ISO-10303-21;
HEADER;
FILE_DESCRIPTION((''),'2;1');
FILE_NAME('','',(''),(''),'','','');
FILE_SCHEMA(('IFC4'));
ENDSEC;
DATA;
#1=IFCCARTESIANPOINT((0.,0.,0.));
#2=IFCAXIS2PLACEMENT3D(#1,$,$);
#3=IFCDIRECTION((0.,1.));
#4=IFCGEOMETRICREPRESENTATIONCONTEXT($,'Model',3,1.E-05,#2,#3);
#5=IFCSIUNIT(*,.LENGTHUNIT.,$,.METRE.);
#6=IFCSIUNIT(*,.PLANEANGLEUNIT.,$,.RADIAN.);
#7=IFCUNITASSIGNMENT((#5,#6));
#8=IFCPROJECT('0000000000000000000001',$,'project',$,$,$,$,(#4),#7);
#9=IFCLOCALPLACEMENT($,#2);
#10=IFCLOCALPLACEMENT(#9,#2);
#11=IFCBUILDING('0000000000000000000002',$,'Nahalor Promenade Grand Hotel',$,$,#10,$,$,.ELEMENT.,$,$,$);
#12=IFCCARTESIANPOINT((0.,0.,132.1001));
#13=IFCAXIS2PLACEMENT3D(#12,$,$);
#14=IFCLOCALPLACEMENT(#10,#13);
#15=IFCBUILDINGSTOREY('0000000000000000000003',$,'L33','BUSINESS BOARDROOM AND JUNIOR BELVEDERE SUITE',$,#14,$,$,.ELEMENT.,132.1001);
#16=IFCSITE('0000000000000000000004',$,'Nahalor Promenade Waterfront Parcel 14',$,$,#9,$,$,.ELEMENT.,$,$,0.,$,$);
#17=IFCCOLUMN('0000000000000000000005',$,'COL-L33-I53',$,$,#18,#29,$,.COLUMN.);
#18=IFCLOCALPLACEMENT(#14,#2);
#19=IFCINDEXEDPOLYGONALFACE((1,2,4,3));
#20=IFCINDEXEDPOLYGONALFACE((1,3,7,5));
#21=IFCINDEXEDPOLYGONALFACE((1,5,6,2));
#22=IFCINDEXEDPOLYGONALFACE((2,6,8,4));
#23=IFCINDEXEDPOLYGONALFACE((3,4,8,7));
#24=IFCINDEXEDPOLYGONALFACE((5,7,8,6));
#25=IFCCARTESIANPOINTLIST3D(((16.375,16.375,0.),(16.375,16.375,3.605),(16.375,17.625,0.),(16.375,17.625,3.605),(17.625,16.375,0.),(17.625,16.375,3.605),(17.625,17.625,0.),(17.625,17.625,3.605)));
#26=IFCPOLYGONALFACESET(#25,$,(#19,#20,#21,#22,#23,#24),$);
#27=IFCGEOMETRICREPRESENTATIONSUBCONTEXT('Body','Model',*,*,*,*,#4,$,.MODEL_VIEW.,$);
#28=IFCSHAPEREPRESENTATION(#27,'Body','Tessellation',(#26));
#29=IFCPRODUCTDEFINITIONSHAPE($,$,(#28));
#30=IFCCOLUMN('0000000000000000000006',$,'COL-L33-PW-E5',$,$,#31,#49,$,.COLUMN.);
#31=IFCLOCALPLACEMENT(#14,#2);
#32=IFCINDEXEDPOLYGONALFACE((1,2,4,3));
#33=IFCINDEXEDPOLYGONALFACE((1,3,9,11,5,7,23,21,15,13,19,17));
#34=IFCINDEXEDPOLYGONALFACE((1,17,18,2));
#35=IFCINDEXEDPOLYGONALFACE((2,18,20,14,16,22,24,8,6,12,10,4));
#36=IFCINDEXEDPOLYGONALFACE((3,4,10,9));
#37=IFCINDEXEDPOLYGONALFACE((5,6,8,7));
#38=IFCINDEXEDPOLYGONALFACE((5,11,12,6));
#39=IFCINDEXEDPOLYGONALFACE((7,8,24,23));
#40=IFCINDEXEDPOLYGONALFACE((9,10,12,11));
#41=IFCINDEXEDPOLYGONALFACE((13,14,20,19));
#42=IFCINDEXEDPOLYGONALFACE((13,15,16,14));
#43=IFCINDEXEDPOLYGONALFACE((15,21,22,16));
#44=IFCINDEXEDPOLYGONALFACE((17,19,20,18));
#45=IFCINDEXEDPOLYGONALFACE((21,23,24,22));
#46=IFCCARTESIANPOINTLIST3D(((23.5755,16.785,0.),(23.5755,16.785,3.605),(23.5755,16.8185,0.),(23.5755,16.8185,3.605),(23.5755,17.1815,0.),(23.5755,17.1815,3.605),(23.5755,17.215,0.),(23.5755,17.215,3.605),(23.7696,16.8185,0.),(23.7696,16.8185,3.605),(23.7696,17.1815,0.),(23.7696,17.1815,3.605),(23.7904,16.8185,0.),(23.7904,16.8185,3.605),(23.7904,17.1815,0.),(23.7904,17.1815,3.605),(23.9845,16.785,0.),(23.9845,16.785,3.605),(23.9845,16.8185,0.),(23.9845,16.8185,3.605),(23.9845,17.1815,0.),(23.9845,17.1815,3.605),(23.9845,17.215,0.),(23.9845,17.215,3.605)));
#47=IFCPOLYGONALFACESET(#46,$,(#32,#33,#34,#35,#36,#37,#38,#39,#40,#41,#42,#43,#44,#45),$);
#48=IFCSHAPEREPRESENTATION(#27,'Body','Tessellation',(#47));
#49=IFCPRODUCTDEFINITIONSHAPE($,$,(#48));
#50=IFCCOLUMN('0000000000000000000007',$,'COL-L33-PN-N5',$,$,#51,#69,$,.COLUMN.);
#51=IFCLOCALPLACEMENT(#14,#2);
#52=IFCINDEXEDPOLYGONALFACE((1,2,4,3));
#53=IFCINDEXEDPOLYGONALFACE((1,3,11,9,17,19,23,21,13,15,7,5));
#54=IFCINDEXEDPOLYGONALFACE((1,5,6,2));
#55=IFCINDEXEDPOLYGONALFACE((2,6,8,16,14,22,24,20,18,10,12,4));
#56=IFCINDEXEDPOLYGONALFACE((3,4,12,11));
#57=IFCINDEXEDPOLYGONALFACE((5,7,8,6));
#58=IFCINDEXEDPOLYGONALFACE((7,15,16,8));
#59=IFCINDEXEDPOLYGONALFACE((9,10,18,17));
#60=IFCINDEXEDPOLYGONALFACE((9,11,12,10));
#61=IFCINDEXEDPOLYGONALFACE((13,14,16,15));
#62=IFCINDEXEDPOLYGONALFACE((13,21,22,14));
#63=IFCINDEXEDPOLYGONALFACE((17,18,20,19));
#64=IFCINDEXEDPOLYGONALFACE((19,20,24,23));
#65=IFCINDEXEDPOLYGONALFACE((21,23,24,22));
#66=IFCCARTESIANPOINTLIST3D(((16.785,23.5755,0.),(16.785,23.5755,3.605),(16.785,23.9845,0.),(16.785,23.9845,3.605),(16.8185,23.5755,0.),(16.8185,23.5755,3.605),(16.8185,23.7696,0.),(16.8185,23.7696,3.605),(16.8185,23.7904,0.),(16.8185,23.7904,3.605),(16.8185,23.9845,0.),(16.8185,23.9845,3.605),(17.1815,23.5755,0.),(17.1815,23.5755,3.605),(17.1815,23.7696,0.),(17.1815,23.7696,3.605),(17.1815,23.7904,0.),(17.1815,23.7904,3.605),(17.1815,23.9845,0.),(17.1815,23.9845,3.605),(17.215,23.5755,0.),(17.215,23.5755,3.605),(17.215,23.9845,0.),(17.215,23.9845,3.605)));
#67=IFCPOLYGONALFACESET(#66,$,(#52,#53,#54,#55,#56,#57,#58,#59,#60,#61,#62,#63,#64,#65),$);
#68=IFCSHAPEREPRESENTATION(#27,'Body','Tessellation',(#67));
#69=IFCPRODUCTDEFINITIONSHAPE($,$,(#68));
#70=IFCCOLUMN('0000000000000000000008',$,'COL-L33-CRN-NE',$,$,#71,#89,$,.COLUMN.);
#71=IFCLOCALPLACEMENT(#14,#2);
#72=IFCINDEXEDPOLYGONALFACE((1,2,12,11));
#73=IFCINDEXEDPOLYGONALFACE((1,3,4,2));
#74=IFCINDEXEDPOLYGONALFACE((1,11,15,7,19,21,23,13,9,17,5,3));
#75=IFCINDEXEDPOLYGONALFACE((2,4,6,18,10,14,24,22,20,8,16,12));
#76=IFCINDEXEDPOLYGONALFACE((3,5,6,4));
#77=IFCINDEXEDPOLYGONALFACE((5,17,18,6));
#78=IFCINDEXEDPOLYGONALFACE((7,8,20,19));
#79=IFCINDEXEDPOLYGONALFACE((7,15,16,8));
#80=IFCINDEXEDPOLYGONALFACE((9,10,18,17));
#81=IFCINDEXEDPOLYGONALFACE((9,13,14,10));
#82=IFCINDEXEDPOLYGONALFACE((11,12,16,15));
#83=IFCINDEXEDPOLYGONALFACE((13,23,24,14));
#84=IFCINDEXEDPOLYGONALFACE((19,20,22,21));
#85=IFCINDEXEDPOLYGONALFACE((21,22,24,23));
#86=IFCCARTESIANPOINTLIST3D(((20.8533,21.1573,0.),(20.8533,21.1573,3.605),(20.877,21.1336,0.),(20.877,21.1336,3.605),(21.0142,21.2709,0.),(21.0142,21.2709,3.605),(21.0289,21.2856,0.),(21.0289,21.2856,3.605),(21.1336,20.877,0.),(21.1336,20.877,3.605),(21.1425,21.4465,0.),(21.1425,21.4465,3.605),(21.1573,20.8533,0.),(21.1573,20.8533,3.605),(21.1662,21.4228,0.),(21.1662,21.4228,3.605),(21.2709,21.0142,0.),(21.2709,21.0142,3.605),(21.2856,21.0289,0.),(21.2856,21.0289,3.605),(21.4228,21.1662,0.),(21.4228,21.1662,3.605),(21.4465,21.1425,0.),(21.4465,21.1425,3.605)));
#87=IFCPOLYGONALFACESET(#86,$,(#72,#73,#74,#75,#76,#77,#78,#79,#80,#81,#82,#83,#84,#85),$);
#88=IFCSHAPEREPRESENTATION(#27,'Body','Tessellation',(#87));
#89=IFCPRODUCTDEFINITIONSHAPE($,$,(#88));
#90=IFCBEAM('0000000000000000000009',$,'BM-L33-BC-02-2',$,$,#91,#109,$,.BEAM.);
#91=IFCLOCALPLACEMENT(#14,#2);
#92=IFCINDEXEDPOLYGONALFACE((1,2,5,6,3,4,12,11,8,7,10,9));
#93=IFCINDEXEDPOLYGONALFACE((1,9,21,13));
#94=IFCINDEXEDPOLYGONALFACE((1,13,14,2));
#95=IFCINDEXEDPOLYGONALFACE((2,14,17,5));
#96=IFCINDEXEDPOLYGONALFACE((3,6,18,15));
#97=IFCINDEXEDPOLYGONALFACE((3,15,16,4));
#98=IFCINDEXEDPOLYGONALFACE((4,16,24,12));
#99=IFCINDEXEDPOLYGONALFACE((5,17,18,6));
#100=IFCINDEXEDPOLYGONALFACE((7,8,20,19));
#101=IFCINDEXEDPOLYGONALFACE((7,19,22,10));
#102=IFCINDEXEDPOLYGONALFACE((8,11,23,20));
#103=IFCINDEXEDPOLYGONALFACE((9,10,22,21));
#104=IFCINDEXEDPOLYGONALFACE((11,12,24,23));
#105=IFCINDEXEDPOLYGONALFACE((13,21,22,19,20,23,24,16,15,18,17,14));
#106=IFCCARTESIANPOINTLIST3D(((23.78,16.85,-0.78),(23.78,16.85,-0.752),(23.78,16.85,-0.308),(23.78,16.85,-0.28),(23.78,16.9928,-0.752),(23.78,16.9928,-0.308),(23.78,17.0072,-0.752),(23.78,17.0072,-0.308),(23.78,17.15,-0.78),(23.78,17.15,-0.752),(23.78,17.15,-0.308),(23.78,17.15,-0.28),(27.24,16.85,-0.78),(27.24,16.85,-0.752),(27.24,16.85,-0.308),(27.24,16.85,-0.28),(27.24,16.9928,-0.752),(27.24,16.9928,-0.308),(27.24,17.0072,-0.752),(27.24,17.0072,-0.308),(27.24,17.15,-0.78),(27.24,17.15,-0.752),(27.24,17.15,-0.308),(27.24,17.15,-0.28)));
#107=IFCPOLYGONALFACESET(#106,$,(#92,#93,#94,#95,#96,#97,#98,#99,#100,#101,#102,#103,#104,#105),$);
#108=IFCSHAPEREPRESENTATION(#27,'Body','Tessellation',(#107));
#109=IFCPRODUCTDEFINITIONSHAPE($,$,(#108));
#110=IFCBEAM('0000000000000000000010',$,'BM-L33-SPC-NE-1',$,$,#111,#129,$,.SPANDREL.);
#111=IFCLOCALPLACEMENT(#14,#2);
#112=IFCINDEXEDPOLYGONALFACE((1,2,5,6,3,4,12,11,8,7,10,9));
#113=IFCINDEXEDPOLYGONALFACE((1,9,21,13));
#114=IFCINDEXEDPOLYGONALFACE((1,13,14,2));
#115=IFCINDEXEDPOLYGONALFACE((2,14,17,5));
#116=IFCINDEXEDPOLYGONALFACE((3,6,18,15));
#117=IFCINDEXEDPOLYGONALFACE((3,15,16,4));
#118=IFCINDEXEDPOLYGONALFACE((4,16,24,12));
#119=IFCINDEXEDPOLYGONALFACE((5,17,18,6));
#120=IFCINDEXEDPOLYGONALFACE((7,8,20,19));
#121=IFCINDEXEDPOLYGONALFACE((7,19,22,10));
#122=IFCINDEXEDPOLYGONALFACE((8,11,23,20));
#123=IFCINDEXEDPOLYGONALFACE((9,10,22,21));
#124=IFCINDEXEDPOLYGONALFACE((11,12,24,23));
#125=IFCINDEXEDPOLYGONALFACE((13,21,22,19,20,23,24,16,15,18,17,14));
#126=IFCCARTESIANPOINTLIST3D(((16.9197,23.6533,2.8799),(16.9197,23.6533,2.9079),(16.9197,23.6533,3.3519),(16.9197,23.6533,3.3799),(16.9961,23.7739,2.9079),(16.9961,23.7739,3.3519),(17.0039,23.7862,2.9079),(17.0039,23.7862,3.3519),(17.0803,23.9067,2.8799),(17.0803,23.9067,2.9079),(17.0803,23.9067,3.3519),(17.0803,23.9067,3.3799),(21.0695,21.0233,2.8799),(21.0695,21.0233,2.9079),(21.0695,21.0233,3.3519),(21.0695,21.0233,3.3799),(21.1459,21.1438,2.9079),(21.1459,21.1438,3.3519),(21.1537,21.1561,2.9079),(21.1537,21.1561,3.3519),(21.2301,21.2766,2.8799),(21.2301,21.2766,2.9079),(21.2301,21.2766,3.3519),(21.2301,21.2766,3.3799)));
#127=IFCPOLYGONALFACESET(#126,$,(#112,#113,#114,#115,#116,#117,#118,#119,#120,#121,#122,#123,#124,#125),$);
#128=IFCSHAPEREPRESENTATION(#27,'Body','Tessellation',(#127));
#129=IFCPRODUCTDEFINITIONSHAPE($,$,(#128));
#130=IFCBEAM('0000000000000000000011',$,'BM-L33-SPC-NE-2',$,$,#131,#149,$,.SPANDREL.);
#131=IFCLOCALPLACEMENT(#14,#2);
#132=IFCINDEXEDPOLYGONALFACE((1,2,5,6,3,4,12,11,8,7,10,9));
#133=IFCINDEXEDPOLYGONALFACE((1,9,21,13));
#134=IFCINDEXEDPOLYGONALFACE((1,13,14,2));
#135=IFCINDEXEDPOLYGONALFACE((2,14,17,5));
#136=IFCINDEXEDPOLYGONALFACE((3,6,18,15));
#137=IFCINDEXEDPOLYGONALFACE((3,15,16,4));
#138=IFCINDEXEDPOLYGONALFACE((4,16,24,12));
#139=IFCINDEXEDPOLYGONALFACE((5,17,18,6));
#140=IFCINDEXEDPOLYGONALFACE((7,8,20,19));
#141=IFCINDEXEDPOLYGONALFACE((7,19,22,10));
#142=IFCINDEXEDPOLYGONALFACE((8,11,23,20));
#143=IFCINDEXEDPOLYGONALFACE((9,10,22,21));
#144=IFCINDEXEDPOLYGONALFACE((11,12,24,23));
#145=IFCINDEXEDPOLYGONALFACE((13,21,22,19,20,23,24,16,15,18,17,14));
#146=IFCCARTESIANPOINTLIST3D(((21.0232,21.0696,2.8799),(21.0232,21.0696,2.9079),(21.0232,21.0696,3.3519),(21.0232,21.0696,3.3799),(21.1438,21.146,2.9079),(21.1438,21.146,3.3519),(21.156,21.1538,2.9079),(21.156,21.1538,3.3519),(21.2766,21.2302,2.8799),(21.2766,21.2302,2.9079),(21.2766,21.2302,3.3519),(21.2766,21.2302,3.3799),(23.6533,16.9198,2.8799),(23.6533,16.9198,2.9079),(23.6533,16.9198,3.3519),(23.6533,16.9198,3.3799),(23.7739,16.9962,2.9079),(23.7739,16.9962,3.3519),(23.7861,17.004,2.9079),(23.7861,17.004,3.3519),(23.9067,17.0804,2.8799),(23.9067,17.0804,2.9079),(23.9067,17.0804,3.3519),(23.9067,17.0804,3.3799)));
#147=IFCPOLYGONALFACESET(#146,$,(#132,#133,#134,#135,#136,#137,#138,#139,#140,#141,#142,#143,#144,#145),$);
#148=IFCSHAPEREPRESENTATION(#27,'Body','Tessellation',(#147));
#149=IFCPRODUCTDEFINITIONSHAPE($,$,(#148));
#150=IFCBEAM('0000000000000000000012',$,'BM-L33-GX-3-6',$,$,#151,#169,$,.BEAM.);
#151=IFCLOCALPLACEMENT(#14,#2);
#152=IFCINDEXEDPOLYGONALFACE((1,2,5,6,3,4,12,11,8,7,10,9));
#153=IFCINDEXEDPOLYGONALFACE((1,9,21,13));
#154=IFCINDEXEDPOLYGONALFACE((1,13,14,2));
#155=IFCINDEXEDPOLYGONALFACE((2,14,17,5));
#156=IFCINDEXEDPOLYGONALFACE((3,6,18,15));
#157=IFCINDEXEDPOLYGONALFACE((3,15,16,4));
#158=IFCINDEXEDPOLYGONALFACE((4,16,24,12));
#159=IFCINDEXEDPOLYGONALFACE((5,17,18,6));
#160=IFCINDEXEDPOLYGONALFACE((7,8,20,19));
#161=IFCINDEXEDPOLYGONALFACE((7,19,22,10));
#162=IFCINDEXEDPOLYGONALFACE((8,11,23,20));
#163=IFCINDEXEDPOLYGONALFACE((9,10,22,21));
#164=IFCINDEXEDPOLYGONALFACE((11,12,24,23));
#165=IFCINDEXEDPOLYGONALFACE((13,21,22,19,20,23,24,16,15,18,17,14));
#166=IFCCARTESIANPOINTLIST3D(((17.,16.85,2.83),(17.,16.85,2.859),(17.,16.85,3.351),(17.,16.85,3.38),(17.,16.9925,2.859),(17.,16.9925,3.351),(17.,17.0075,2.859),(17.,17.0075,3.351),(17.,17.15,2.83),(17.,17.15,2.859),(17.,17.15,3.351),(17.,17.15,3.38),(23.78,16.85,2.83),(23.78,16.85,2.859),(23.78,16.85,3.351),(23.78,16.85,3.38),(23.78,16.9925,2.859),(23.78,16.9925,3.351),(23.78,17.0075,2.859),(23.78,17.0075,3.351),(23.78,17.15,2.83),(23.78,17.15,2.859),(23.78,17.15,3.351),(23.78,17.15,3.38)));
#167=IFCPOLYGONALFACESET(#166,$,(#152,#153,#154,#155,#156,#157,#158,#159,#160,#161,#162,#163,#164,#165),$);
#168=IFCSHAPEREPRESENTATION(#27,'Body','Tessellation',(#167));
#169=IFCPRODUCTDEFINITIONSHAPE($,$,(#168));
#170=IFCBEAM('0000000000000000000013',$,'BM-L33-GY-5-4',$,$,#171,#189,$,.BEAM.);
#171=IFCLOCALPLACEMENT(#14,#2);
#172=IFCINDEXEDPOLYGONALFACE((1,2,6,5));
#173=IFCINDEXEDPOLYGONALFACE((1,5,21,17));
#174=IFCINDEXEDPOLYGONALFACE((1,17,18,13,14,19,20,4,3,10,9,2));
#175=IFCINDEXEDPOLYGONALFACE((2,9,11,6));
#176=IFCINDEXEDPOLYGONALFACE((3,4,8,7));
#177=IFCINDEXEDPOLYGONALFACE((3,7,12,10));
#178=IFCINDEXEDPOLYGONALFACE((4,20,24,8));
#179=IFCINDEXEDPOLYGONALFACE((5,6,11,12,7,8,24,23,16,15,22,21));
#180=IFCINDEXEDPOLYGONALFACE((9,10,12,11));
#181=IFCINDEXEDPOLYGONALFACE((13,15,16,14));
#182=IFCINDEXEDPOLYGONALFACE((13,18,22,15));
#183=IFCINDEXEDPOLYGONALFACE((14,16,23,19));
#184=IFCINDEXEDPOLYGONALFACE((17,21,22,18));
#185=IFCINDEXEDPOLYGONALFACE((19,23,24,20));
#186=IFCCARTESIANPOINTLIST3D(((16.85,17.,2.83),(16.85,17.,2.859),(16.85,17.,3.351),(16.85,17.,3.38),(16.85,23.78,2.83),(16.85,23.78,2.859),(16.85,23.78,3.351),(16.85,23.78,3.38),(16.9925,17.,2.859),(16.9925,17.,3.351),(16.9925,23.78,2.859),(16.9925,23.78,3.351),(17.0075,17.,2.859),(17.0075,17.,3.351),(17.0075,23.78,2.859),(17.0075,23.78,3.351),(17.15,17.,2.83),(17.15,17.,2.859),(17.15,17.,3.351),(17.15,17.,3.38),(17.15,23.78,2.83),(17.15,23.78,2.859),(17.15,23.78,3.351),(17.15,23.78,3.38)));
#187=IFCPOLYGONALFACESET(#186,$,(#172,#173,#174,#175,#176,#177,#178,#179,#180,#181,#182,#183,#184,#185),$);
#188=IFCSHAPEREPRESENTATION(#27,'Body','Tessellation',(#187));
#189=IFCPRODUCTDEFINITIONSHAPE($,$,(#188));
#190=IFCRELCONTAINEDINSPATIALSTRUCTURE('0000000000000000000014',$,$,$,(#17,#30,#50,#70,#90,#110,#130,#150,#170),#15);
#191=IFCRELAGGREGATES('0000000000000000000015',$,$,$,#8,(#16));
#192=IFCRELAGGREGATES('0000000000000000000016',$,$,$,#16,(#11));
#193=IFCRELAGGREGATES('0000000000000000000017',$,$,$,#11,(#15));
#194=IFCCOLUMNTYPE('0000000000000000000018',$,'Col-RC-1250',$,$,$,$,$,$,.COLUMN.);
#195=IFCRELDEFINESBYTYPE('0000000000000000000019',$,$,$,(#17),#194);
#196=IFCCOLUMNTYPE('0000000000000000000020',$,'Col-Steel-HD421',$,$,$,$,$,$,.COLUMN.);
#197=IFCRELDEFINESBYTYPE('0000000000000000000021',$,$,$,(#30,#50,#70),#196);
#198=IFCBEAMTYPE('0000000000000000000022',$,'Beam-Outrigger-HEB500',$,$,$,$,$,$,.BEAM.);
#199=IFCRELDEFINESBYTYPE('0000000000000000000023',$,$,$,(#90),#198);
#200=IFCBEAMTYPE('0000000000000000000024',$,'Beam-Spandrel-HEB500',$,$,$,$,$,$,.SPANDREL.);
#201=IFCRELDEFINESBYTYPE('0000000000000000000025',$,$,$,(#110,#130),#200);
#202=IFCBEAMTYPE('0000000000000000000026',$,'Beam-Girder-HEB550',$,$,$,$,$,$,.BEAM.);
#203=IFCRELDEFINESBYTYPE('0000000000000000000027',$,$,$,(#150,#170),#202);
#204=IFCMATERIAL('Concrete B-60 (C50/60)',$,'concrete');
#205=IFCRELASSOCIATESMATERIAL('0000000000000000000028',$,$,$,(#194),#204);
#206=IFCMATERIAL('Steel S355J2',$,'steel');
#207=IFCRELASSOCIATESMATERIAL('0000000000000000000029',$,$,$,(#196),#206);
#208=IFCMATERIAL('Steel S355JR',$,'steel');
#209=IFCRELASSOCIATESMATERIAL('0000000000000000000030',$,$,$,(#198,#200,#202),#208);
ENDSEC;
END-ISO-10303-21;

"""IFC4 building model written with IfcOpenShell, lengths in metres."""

from ifc_helpers import new_model, si_unit, direction, frame, origin, origin_2d, place, context, subcontext, project, spatial, rectangle, i_section, extrude, source, transform, mapped, material, material_profile, profile_set, type_object, element, save


model = new_model("IFC4")

# Units and contexts
model_context = context("Model", 3, precision=1e-05, world=origin(), true_north=direction((0.0, 1.0)))
body_context = subcontext(model_context, "Body", "Model", "MODEL_VIEW")
ifc_project = project(units=[si_unit("LENGTHUNIT", "METRE"), si_unit("PLANEANGLEUNIT", "RADIAN")], contexts=[model_context])

# Site, building, storey
site_placement = place(None, origin())
site = spatial("IfcSite", under=ifc_project, at=site_placement, Name="Nahalor Promenade Waterfront Parcel 14", CompositionType="ELEMENT", RefElevation=0.0)
building_placement = place(site_placement, origin())
building = spatial("IfcBuilding", under=site, at=building_placement, Name="Nahalor Promenade Grand Hotel", CompositionType="ELEMENT")
storey_placement = place(building_placement, frame((0.0, 0.0, 132.1001)))
storey = spatial("IfcBuildingStorey", under=building, at=storey_placement, Name="L33", Description="BUSINESS BOARDROOM AND JUNIOR BELVEDERE SUITE", CompositionType="ELEMENT", Elevation=132.1001)

# Columns
ifc_material_1 = material(Name="Concrete B-60 (C50/60)", Category="concrete")
ifc_material_profile_1 = material_profile(ifc_material_1, rectangle(XDim=1.25, YDim=1.25, at=origin_2d()), Name="RC 1250x1250")
ifc_profile_set_1 = profile_set([ifc_material_profile_1], Name="Concrete B-60 (C50/60)")
column_type_1 = type_object("IfcColumnType", Name="Col-RC-1250", PredefinedType="COLUMN", material=ifc_profile_set_1)
shared_shape_1 = source(origin(), body_context, "Body", "SweptSolid", [
    extrude(rectangle(XDim=1.25, YDim=1.25, at=origin_2d()), origin(), (0.0, 0.0, 1.0), 3.605),
])
column_placement = place(storey_placement, frame((17.0, 17.0, 0.0), z_axis=(0.0, 0.0, 1.0), x_axis=(1.0, 0.0, 0.0)))
element("IfcColumn", 1, at=column_placement, inside=storey, type_object=column_type_1, Name="COL-L33-I53", PredefinedType="COLUMN", context=body_context, shape_type="MappedRepresentation", body=[
    mapped(shared_shape_1, transform((0.0, 0.0, 0.0), scale=1.0)),
])
ifc_material_2 = material(Name="Steel S355J2", Category="steel")
ifc_material_profile_2 = material_profile(ifc_material_2, i_section(OverallWidth=0.409, OverallDepth=0.43, WebThickness=0.0208, FlangeThickness=0.0335, at=origin_2d()), Name="HD 400x421")
ifc_profile_set_2 = profile_set([ifc_material_profile_2], Name="Steel S355J2")
column_type_2 = type_object("IfcColumnType", Name="Col-Steel-HD421", PredefinedType="COLUMN", material=ifc_profile_set_2)
shared_shape_2 = source(origin(), body_context, "Body", "SweptSolid", [
    extrude(i_section(OverallWidth=0.409, OverallDepth=0.43, WebThickness=0.0208, FlangeThickness=0.0335, at=origin_2d()), origin(), (0.0, 0.0, 1.0), 3.605),
])
for number, where, z_axis, x_axis, name in (
    (2, (23.78, 17.0, 0.0), (0.0, 0.0, 1.0), (1.0, 0.0, 0.0), "COL-L33-PW-E5"),
    (3, (17.0, 23.78, 0.0), (0.0, 0.0, 1.0), (0.0, 1.0, 0.0), "COL-L33-PN-N5"),
    (4, (21.1499, 21.1499, 0.0), (0.0, 0.0, 1.0), (0.707107, 0.707107, 0.0), "COL-L33-CRN-NE"),
):
    element("IfcColumn", number, at=place(storey_placement, frame(where, z_axis=z_axis, x_axis=x_axis)), inside=storey, type_object=column_type_2, Name=name, PredefinedType="COLUMN", context=body_context, shape_type="MappedRepresentation", body=[
        mapped(shared_shape_2, transform((0.0, 0.0, 0.0), scale=1.0)),
    ])

# Beams
ifc_material_3 = material(Name="Steel S355JR", Category="steel")
ifc_material_profile_3 = material_profile(ifc_material_3, i_section(OverallWidth=0.3, OverallDepth=0.5, WebThickness=0.0145, FlangeThickness=0.028, at=origin_2d()), Name="HEB 500")
ifc_profile_set_3 = profile_set([ifc_material_profile_3], Name="Steel S355JR")
beam_type_1 = type_object("IfcBeamType", Name="Beam-Outrigger-HEB500", PredefinedType="BEAM", material=ifc_profile_set_3)
shared_shape_3 = source(origin(), body_context, "Body", "SweptSolid", [
    extrude(i_section(OverallWidth=0.3, OverallDepth=0.5, WebThickness=0.0145, FlangeThickness=0.028, at=origin_2d()), origin(), (0.0, 0.0, 1.0), 3.46),
])
beam_placement = place(storey_placement, frame((23.78, 17.0, -0.53), z_axis=(1.0, 0.0, 0.0), x_axis=(0.0, 1.0, 0.0)))
element("IfcBeam", 5, at=beam_placement, inside=storey, type_object=beam_type_1, Name="BM-L33-BC-02-2", PredefinedType="BEAM", context=body_context, shape_type="MappedRepresentation", body=[
    mapped(shared_shape_3, transform((0.0, 0.0, 0.0), scale=1.0)),
])
ifc_material_profile_4 = material_profile(ifc_material_3, i_section(OverallWidth=0.3, OverallDepth=0.5, WebThickness=0.0145, FlangeThickness=0.028, at=origin_2d()), Name="HEB 500")
ifc_profile_set_4 = profile_set([ifc_material_profile_4], Name="Steel S355JR")
beam_type_2 = type_object("IfcBeamType", Name="Beam-Spandrel-HEB500", PredefinedType="SPANDREL", material=ifc_profile_set_4)
shared_shape_4 = source(origin(), body_context, "Body", "SweptSolid", [
    extrude(i_section(OverallWidth=0.3, OverallDepth=0.5, WebThickness=0.0145, FlangeThickness=0.028, at=origin_2d()), origin(), (0.0, 0.0, 1.0), 4.9131),
])
for number, where, z_axis, x_axis, name in (
    (6, (17.0, 23.78, 3.1299), (0.844648, -0.535322, 0.0), (0.535322, 0.844648, 0.0), "BM-L33-SPC-NE-1"),
    (7, (21.1499, 21.1499, 3.1299), (0.535322, -0.844648, 0.0), (0.844648, 0.535322, 0.0), "BM-L33-SPC-NE-2"),
):
    element("IfcBeam", number, at=place(storey_placement, frame(where, z_axis=z_axis, x_axis=x_axis)), inside=storey, type_object=beam_type_2, Name=name, PredefinedType="SPANDREL", context=body_context, shape_type="MappedRepresentation", body=[
        mapped(shared_shape_4, transform((0.0, 0.0, 0.0), scale=1.0)),
    ])
ifc_material_profile_5 = material_profile(ifc_material_3, i_section(OverallWidth=0.3, OverallDepth=0.55, WebThickness=0.015, FlangeThickness=0.029, at=origin_2d()), Name="HEB 550")
ifc_profile_set_5 = profile_set([ifc_material_profile_5], Name="Steel S355JR")
beam_type_3 = type_object("IfcBeamType", Name="Beam-Girder-HEB550", PredefinedType="BEAM", material=ifc_profile_set_5)
shared_shape_5 = source(origin(), body_context, "Body", "SweptSolid", [
    extrude(i_section(OverallWidth=0.3, OverallDepth=0.55, WebThickness=0.015, FlangeThickness=0.029, at=origin_2d()), origin(), (0.0, 0.0, 1.0), 6.78),
])
for number, where, z_axis, x_axis, name in (
    (8, (17.0, 17.0, 3.105), (1.0, 0.0, 0.0), (0.0, 1.0, 0.0), "BM-L33-GX-3-6"),
    (9, (17.0, 17.0, 3.105), (0.0, 1.0, 0.0), (-1.0, 0.0, 0.0), "BM-L33-GY-5-4"),
):
    element("IfcBeam", number, at=place(storey_placement, frame(where, z_axis=z_axis, x_axis=x_axis)), inside=storey, type_object=beam_type_3, Name=name, PredefinedType="BEAM", context=body_context, shape_type="MappedRepresentation", body=[
        mapped(shared_shape_5, transform((0.0, 0.0, 0.0), scale=1.0)),
    ])

save(model, "model.ifc")
